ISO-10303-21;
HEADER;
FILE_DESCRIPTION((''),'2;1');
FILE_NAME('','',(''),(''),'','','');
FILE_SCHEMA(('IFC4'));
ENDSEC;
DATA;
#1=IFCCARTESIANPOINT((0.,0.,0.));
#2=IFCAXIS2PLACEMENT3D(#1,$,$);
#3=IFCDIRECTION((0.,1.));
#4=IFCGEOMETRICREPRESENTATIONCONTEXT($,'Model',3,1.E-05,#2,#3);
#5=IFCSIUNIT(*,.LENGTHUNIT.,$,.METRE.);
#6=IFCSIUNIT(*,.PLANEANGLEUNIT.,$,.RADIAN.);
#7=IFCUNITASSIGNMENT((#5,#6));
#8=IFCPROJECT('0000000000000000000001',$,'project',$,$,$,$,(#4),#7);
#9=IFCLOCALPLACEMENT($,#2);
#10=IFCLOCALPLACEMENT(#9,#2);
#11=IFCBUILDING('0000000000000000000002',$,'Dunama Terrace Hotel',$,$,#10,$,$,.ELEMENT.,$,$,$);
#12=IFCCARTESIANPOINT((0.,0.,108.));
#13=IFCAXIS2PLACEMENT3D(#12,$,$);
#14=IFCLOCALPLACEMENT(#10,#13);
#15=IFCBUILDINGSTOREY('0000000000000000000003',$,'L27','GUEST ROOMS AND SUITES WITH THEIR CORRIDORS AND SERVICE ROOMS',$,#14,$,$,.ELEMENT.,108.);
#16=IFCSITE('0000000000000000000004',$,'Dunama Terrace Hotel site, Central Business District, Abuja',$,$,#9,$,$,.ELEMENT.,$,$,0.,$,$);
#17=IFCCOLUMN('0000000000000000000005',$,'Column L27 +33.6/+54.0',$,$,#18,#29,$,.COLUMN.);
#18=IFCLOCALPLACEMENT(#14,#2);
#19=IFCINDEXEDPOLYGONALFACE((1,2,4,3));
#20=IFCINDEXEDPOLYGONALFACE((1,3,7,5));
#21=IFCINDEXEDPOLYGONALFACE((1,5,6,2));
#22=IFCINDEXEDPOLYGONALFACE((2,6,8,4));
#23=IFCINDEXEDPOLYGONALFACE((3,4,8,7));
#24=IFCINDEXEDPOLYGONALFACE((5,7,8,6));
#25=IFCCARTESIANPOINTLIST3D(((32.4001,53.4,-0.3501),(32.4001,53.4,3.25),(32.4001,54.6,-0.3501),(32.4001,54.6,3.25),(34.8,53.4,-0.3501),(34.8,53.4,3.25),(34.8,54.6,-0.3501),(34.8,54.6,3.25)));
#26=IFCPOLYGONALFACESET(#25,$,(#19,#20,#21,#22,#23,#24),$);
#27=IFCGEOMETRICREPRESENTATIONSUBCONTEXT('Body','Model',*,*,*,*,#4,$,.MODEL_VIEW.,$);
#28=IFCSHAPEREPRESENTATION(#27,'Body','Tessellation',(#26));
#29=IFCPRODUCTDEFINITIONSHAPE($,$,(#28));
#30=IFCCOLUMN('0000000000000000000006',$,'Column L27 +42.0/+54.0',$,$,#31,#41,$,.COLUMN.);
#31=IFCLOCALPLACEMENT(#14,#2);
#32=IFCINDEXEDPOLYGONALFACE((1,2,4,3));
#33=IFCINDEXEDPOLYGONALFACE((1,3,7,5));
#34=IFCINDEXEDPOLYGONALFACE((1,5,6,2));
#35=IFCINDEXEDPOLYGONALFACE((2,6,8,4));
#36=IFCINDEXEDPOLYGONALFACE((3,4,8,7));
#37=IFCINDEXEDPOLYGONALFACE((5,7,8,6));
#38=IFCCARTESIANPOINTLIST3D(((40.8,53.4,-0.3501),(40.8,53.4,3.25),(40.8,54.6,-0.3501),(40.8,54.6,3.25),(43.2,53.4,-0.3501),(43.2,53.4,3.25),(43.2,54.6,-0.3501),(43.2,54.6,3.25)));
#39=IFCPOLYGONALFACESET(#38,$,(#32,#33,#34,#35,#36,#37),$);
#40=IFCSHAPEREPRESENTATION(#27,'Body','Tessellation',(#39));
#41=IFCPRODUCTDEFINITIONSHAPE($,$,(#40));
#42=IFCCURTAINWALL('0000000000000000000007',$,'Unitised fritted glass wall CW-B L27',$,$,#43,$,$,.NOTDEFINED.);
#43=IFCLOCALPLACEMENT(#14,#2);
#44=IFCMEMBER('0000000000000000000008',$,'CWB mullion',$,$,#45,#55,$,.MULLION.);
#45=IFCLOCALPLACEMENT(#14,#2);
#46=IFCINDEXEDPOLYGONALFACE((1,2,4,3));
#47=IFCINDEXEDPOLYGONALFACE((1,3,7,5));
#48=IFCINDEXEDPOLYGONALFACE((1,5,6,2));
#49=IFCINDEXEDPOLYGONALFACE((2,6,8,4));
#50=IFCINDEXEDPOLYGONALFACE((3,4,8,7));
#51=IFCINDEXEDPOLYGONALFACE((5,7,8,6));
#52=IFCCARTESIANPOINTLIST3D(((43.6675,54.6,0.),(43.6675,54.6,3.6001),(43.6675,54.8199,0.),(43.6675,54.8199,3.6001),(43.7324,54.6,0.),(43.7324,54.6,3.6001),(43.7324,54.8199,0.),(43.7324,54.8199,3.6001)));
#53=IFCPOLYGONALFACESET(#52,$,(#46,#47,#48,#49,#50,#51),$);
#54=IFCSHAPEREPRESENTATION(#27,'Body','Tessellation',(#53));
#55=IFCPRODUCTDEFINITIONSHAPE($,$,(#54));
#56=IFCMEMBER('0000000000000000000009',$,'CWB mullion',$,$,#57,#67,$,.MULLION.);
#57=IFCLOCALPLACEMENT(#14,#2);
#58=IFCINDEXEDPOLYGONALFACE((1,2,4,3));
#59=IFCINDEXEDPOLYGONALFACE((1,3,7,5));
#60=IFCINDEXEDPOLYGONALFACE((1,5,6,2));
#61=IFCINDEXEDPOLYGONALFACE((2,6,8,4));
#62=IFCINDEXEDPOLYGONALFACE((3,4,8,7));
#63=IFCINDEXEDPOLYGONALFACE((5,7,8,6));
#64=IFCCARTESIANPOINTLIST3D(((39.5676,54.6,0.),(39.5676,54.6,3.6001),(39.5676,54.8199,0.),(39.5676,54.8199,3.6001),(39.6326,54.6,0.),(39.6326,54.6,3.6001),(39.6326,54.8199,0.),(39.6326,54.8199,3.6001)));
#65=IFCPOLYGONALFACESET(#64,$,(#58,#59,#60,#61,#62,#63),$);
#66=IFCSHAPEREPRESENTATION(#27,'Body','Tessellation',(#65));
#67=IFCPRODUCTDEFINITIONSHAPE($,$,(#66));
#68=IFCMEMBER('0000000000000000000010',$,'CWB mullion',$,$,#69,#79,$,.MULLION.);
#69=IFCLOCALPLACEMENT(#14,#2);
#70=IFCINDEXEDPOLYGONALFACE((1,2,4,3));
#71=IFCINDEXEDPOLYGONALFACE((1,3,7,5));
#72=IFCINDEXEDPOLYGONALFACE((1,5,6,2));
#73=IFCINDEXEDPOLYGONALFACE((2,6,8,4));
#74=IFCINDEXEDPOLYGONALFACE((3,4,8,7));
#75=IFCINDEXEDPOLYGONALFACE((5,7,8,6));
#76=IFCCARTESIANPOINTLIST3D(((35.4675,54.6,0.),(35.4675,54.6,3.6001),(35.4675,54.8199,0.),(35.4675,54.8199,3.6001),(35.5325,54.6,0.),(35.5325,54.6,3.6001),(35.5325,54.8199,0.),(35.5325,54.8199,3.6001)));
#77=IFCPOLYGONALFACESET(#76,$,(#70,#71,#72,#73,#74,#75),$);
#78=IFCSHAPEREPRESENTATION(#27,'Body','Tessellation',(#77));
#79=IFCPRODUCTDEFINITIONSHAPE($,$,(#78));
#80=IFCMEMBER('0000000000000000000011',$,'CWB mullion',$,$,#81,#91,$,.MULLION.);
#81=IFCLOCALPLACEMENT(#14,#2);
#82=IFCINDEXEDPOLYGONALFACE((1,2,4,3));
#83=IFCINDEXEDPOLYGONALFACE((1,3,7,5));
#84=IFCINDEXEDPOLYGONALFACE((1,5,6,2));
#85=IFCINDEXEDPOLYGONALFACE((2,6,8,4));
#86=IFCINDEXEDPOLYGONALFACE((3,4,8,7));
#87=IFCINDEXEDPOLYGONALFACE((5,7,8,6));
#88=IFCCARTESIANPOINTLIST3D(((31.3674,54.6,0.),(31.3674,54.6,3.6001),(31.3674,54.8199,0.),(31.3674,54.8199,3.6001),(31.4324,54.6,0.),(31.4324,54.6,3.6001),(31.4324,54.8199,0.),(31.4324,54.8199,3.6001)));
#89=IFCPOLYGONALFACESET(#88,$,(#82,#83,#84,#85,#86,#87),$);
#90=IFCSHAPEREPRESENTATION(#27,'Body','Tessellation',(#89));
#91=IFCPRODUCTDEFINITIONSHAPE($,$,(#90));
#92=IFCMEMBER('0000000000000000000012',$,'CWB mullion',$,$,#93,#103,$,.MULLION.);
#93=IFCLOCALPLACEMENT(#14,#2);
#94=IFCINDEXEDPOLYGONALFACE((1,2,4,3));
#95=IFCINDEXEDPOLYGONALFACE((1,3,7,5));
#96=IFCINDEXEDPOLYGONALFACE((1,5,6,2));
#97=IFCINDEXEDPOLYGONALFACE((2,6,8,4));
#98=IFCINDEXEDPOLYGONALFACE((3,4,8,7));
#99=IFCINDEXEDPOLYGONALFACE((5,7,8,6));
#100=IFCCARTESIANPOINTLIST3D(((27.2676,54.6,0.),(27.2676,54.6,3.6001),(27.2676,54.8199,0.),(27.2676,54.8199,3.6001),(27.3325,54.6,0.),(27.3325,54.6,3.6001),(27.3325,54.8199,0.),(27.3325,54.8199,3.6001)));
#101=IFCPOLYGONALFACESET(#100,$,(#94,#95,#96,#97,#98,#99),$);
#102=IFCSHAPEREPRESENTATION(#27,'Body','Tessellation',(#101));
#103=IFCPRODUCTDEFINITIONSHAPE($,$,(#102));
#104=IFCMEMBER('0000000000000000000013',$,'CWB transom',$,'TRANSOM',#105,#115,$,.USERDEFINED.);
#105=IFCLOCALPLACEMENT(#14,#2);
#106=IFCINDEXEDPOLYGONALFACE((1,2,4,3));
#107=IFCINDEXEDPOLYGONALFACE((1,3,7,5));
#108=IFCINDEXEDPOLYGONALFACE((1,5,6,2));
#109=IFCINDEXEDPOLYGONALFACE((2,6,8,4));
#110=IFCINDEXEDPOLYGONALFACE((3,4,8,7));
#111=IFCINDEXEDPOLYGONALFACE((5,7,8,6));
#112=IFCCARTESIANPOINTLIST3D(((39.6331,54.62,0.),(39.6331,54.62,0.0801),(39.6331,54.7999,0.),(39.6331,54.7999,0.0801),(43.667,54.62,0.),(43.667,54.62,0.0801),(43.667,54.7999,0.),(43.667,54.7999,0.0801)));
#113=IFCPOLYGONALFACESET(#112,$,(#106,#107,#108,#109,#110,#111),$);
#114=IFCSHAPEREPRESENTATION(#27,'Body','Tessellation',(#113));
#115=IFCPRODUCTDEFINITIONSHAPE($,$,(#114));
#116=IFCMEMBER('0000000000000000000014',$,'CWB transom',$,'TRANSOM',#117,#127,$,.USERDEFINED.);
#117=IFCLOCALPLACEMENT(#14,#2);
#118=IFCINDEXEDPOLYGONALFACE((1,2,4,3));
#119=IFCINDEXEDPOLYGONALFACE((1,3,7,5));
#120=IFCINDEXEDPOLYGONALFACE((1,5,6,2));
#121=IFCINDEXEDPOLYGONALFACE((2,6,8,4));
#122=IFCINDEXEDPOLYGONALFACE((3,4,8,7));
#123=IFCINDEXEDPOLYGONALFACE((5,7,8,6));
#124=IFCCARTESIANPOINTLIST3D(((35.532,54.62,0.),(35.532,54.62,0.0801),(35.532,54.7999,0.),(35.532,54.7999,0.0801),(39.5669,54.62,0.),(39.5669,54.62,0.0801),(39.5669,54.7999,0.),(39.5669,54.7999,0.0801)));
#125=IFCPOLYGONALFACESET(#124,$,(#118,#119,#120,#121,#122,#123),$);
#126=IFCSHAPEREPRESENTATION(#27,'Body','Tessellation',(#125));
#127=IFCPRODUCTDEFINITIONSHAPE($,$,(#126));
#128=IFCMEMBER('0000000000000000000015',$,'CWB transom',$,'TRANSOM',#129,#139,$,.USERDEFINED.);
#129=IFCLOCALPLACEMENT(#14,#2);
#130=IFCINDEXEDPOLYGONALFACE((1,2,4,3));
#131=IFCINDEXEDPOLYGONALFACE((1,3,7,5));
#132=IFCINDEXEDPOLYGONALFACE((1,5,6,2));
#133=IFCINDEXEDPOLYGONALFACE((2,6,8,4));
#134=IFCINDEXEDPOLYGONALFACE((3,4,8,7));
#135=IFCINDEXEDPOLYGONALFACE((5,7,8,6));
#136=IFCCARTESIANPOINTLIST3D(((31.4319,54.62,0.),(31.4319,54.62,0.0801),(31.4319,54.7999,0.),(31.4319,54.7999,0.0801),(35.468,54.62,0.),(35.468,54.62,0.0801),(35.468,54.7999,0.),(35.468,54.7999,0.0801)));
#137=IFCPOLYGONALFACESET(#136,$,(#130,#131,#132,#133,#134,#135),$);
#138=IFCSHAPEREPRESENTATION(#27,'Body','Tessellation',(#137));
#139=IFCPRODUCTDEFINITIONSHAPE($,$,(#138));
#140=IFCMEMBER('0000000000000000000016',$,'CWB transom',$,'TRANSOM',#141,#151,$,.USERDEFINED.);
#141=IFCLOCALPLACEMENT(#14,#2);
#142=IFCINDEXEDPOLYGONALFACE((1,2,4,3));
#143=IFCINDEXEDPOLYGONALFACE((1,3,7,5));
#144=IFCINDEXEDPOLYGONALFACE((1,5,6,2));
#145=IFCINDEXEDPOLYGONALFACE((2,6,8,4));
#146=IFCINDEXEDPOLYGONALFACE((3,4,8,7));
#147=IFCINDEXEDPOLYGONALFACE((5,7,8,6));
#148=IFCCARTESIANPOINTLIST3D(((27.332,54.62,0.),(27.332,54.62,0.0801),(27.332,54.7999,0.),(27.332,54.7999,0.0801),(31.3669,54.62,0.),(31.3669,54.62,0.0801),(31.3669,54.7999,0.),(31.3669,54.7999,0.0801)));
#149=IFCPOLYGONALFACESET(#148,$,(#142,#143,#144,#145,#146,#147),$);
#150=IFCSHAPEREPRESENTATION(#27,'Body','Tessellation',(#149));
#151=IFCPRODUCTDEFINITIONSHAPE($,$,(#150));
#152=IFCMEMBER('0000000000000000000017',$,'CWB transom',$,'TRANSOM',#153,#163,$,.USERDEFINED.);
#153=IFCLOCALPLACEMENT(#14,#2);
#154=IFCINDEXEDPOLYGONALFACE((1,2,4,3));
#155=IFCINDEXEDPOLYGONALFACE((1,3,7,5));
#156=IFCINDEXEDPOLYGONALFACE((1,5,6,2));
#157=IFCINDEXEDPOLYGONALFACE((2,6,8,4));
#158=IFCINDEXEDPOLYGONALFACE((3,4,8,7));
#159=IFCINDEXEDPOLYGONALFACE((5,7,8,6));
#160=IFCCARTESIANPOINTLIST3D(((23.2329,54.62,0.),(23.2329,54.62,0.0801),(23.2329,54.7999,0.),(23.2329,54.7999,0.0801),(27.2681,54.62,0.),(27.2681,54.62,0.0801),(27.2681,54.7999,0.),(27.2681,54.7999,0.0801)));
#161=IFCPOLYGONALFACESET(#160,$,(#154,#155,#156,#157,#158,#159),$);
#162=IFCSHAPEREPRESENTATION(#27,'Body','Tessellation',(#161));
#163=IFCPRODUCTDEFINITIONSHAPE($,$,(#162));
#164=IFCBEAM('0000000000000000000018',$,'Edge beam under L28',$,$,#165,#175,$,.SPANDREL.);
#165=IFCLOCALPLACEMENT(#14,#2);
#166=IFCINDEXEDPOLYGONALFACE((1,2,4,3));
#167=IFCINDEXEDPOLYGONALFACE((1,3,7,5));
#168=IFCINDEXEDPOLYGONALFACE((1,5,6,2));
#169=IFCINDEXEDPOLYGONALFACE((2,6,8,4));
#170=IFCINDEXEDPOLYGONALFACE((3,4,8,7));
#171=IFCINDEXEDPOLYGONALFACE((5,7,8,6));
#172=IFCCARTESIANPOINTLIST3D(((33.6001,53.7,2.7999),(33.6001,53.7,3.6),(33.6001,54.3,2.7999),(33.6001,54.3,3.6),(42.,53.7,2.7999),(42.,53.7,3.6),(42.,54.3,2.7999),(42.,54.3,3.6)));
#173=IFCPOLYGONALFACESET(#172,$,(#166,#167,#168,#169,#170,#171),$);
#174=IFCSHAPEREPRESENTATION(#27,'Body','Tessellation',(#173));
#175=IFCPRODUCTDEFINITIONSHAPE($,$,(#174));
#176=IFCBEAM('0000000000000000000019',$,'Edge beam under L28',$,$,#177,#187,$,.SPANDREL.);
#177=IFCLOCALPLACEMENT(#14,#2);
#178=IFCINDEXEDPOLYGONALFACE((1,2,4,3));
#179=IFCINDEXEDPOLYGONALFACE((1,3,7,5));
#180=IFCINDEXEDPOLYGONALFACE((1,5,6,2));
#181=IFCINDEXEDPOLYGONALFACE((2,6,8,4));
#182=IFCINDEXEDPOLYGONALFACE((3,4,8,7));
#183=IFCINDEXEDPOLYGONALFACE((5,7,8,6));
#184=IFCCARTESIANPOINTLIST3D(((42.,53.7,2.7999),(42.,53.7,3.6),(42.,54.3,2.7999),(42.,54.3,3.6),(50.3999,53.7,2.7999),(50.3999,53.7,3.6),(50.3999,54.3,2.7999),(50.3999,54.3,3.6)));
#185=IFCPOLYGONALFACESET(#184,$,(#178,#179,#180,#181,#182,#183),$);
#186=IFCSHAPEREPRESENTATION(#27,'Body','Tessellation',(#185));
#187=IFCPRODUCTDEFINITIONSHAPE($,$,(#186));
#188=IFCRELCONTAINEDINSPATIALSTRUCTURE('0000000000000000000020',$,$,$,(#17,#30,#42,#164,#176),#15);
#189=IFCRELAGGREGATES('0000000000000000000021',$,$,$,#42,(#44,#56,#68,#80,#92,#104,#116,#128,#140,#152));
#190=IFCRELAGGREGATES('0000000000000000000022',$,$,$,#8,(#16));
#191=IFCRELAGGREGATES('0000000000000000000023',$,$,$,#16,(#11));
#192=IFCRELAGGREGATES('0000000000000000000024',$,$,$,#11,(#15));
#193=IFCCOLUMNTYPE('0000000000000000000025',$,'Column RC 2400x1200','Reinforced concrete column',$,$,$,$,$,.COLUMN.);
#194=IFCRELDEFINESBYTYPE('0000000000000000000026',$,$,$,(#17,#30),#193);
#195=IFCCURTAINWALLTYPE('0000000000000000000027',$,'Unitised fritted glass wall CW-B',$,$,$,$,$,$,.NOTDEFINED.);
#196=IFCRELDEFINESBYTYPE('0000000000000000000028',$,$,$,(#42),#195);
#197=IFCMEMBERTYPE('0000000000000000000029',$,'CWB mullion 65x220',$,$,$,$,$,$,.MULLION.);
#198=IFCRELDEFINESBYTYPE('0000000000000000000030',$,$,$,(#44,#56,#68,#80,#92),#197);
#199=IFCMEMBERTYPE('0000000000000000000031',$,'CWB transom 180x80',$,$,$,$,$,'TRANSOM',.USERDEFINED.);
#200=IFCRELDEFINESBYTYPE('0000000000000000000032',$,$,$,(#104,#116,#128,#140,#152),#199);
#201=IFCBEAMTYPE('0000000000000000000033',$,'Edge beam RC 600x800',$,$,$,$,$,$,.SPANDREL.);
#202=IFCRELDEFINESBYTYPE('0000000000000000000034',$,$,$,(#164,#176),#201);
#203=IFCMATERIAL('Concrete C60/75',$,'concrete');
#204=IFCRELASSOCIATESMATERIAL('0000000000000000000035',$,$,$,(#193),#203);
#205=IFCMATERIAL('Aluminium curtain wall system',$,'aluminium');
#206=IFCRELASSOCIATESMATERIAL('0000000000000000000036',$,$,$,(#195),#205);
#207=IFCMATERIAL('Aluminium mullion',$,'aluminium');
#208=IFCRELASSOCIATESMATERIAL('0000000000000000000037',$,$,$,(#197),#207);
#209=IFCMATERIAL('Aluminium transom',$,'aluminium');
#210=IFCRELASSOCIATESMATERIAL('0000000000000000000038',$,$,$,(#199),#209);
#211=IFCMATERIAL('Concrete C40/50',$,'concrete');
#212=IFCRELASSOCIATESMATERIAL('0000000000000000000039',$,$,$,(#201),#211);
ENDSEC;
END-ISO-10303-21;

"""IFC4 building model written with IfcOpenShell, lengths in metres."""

from ifc_helpers import new_model, si_unit, direction, frame, origin, origin_2d, place, context, subcontext, project, spatial, rectangle, extrude, material, material_profile, profile_set, type_object, element, aggregate, save


model = new_model("IFC4")

# Units and contexts
model_context = context("Model", 3, precision=1e-05, world=origin(), true_north=direction((0.0, 1.0)))
body_context = subcontext(model_context, "Body", "Model", "MODEL_VIEW")
ifc_project = project(units=[si_unit("LENGTHUNIT", "METRE"), si_unit("PLANEANGLEUNIT", "RADIAN")], contexts=[model_context])

# Site, building, storey
site_placement = place(None, origin())
site = spatial("IfcSite", under=ifc_project, at=site_placement, Name="Dunama Terrace Hotel site, Central Business District, Abuja", CompositionType="ELEMENT", RefElevation=0.0)
building_placement = place(site_placement, origin())
building = spatial("IfcBuilding", under=site, at=building_placement, Name="Dunama Terrace Hotel", CompositionType="ELEMENT")
storey_placement = place(building_placement, frame((0.0, 0.0, 108.0)))
storey = spatial("IfcBuildingStorey", under=building, at=storey_placement, Name="L27", Description="GUEST ROOMS AND SUITES WITH THEIR CORRIDORS AND SERVICE ROOMS", CompositionType="ELEMENT", Elevation=108.0)

# Columns
ifc_material_1 = material(Name="Concrete C60/75", Category="concrete")
ifc_material_profile_1 = material_profile(ifc_material_1, rectangle(XDim=2.3999, YDim=1.2, at=origin_2d()), Name="RC 2400x1200")
ifc_profile_set_1 = profile_set([ifc_material_profile_1], Name="Concrete C60/75")
column_type = type_object("IfcColumnType", Name="Column RC 2400x1200", Description="Reinforced concrete column", PredefinedType="COLUMN", material=ifc_profile_set_1)
for number, where, z_axis, x_axis, name in (
    (1, (33.6001, 54.0, -0.3501), (0.0, 0.0, 1.0), (1.0, 0.0, 0.0), "Column L27 +33.6/+54.0"),
    (2, (42.0, 54.0, -0.3501), (0.0, 0.0, 1.0), (1.0, 0.0, 0.0), "Column L27 +42.0/+54.0"),
):
    element("IfcColumn", number, at=place(storey_placement, frame(where, z_axis=z_axis, x_axis=x_axis)), inside=storey, type_object=column_type, Name=name, PredefinedType="COLUMN", context=body_context, shape_type="SweptSolid", body=[
        extrude(rectangle(XDim=2.3999, YDim=1.2, at=origin_2d()), origin(), (0.0, 0.0, 1.0), 3.6001),
    ])

# Curtain wall, members
ifc_material_2 = material(Name="Aluminium curtain wall system", Category="aluminium")
curtain_wall_type = type_object("IfcCurtainWallType", Name="Unitised fritted glass wall CW-B", PredefinedType="NOTDEFINED", material=ifc_material_2)
curtain_wall_placement = place(storey_placement, origin())
curtain_wall = element("IfcCurtainWall", 3, at=curtain_wall_placement, inside=storey, type_object=curtain_wall_type, Name="Unitised fritted glass wall CW-B L27", PredefinedType="NOTDEFINED")
ifc_material_3 = material(Name="Aluminium mullion", Category="aluminium")
ifc_material_profile_2 = material_profile(ifc_material_3, rectangle(XDim=0.0649, YDim=0.22, at=origin_2d()), Name="CWB MULLION 65X220")
ifc_profile_set_2 = profile_set([ifc_material_profile_2], Name="Aluminium mullion")
member_type_1 = type_object("IfcMemberType", Name="CWB mullion 65x220", PredefinedType="MULLION", material=ifc_profile_set_2)
member_1_placement = place(storey_placement, frame((43.7, 54.71, 0.0), z_axis=(0.0, 0.0, 1.0), x_axis=(-1.0, 0.0, 0.0)))
member_1 = element("IfcMember", 4, at=member_1_placement, type_object=member_type_1, Name="CWB mullion", PredefinedType="MULLION", context=body_context, shape_type="SweptSolid", body=[
    extrude(rectangle(XDim=0.0649, YDim=0.22, at=origin_2d()), origin(), (0.0, 0.0, 1.0), 3.6001),
])
member_2_placement = place(storey_placement, frame((39.6001, 54.71, 0.0), z_axis=(0.0, 0.0, 1.0), x_axis=(-1.0, 0.0, 0.0)))
member_2 = element("IfcMember", 5, at=member_2_placement, type_object=member_type_1, Name="CWB mullion", PredefinedType="MULLION", context=body_context, shape_type="SweptSolid", body=[
    extrude(rectangle(XDim=0.0649, YDim=0.22, at=origin_2d()), origin(), (0.0, 0.0, 1.0), 3.6001),
])
member_3_placement = place(storey_placement, frame((35.5, 54.71, 0.0), z_axis=(0.0, 0.0, 1.0), x_axis=(-1.0, 0.0, 0.0)))
member_3 = element("IfcMember", 6, at=member_3_placement, type_object=member_type_1, Name="CWB mullion", PredefinedType="MULLION", context=body_context, shape_type="SweptSolid", body=[
    extrude(rectangle(XDim=0.0649, YDim=0.22, at=origin_2d()), origin(), (0.0, 0.0, 1.0), 3.6001),
])
member_4_placement = place(storey_placement, frame((31.3999, 54.71, 0.0), z_axis=(0.0, 0.0, 1.0), x_axis=(-1.0, 0.0, 0.0)))
member_4 = element("IfcMember", 7, at=member_4_placement, type_object=member_type_1, Name="CWB mullion", PredefinedType="MULLION", context=body_context, shape_type="SweptSolid", body=[
    extrude(rectangle(XDim=0.0649, YDim=0.22, at=origin_2d()), origin(), (0.0, 0.0, 1.0), 3.6001),
])
member_5_placement = place(storey_placement, frame((27.3, 54.71, 0.0), z_axis=(0.0, 0.0, 1.0), x_axis=(-1.0, 0.0, 0.0)))
member_5 = element("IfcMember", 8, at=member_5_placement, type_object=member_type_1, Name="CWB mullion", PredefinedType="MULLION", context=body_context, shape_type="SweptSolid", body=[
    extrude(rectangle(XDim=0.0649, YDim=0.22, at=origin_2d()), origin(), (0.0, 0.0, 1.0), 3.6001),
])
ifc_material_4 = material(Name="Aluminium transom", Category="aluminium")
ifc_material_profile_3 = material_profile(ifc_material_4, rectangle(XDim=0.1799, YDim=0.0801, at=origin_2d()), Name="CWB TRANSOM 180X80")
ifc_profile_set_3 = profile_set([ifc_material_profile_3], Name="Aluminium transom")
member_type_2 = type_object("IfcMemberType", Name="CWB transom 180x80", ElementType="TRANSOM", PredefinedType="USERDEFINED", material=ifc_profile_set_3)
member_6_placement = place(storey_placement, frame((43.667, 54.71, 0.04), z_axis=(-1.0, 0.0, 0.0), x_axis=(0.0, -1.0, 0.0)))
member_6 = element("IfcMember", 9, at=member_6_placement, type_object=member_type_2, Name="CWB transom", ObjectType="TRANSOM", PredefinedType="USERDEFINED", context=body_context, shape_type="SweptSolid", body=[
    extrude(rectangle(XDim=0.1799, YDim=0.0801, at=origin_2d()), origin(), (0.0, 0.0, 1.0), 4.0339),
])
member_7_placement = place(storey_placement, frame((39.5669, 54.71, 0.04), z_axis=(-1.0, 0.0, 0.0), x_axis=(0.0, -1.0, 0.0)))
member_7 = element("IfcMember", 10, at=member_7_placement, type_object=member_type_2, Name="CWB transom", ObjectType="TRANSOM", PredefinedType="USERDEFINED", context=body_context, shape_type="SweptSolid", body=[
    extrude(rectangle(XDim=0.1799, YDim=0.0801, at=origin_2d()), origin(), (0.0, 0.0, 1.0), 4.0349),
])
member_8_placement = place(storey_placement, frame((35.468, 54.71, 0.04), z_axis=(-1.0, 0.0, 0.0), x_axis=(0.0, -1.0, 0.0)))
member_8 = element("IfcMember", 11, at=member_8_placement, type_object=member_type_2, Name="CWB transom", ObjectType="TRANSOM", PredefinedType="USERDEFINED", context=body_context, shape_type="SweptSolid", body=[
    extrude(rectangle(XDim=0.1799, YDim=0.0801, at=origin_2d()), origin(), (0.0, 0.0, 1.0), 4.0361),
])
member_9_placement = place(storey_placement, frame((31.3669, 54.71, 0.04), z_axis=(-1.0, 0.0, 0.0), x_axis=(0.0, -1.0, 0.0)))
member_9 = element("IfcMember", 12, at=member_9_placement, type_object=member_type_2, Name="CWB transom", ObjectType="TRANSOM", PredefinedType="USERDEFINED", context=body_context, shape_type="SweptSolid", body=[
    extrude(rectangle(XDim=0.1799, YDim=0.0801, at=origin_2d()), origin(), (0.0, 0.0, 1.0), 4.0349),
])
member_10_placement = place(storey_placement, frame((27.2681, 54.71, 0.04), z_axis=(-1.0, 0.0, 0.0), x_axis=(0.0, -1.0, 0.0)))
member_10 = element("IfcMember", 13, at=member_10_placement, type_object=member_type_2, Name="CWB transom", ObjectType="TRANSOM", PredefinedType="USERDEFINED", context=body_context, shape_type="SweptSolid", body=[
    extrude(rectangle(XDim=0.1799, YDim=0.0801, at=origin_2d()), origin(), (0.0, 0.0, 1.0), 4.0352),
])

# Beams
ifc_material_5 = material(Name="Concrete C40/50", Category="concrete")
ifc_material_profile_4 = material_profile(ifc_material_5, rectangle(XDim=0.6001, YDim=0.8, at=origin_2d()), Name="RC 600x800")
ifc_profile_set_4 = profile_set([ifc_material_profile_4], Name="Concrete C40/50")
beam_type = type_object("IfcBeamType", Name="Edge beam RC 600x800", PredefinedType="SPANDREL", material=ifc_profile_set_4)
for number, where, z_axis, x_axis, name in (
    (14, (33.6001, 54.0, 3.2), (1.0, 0.0, 0.0), (0.0, 1.0, 0.0), "Edge beam under L28"),
    (15, (42.0, 54.0, 3.2), (1.0, 0.0, 0.0), (0.0, 1.0, 0.0), "Edge beam under L28"),
):
    element("IfcBeam", number, at=place(storey_placement, frame(where, z_axis=z_axis, x_axis=x_axis)), inside=storey, type_object=beam_type, Name=name, PredefinedType="SPANDREL", context=body_context, shape_type="SweptSolid", body=[
        extrude(rectangle(XDim=0.6001, YDim=0.8, at=origin_2d()), origin(), (0.0, 0.0, 1.0), 8.3999),
    ])

aggregate(curtain_wall, [member_1, member_2, member_3, member_4, member_5, member_6, member_7, member_8, member_9, member_10])

save(model, "model.ifc")
